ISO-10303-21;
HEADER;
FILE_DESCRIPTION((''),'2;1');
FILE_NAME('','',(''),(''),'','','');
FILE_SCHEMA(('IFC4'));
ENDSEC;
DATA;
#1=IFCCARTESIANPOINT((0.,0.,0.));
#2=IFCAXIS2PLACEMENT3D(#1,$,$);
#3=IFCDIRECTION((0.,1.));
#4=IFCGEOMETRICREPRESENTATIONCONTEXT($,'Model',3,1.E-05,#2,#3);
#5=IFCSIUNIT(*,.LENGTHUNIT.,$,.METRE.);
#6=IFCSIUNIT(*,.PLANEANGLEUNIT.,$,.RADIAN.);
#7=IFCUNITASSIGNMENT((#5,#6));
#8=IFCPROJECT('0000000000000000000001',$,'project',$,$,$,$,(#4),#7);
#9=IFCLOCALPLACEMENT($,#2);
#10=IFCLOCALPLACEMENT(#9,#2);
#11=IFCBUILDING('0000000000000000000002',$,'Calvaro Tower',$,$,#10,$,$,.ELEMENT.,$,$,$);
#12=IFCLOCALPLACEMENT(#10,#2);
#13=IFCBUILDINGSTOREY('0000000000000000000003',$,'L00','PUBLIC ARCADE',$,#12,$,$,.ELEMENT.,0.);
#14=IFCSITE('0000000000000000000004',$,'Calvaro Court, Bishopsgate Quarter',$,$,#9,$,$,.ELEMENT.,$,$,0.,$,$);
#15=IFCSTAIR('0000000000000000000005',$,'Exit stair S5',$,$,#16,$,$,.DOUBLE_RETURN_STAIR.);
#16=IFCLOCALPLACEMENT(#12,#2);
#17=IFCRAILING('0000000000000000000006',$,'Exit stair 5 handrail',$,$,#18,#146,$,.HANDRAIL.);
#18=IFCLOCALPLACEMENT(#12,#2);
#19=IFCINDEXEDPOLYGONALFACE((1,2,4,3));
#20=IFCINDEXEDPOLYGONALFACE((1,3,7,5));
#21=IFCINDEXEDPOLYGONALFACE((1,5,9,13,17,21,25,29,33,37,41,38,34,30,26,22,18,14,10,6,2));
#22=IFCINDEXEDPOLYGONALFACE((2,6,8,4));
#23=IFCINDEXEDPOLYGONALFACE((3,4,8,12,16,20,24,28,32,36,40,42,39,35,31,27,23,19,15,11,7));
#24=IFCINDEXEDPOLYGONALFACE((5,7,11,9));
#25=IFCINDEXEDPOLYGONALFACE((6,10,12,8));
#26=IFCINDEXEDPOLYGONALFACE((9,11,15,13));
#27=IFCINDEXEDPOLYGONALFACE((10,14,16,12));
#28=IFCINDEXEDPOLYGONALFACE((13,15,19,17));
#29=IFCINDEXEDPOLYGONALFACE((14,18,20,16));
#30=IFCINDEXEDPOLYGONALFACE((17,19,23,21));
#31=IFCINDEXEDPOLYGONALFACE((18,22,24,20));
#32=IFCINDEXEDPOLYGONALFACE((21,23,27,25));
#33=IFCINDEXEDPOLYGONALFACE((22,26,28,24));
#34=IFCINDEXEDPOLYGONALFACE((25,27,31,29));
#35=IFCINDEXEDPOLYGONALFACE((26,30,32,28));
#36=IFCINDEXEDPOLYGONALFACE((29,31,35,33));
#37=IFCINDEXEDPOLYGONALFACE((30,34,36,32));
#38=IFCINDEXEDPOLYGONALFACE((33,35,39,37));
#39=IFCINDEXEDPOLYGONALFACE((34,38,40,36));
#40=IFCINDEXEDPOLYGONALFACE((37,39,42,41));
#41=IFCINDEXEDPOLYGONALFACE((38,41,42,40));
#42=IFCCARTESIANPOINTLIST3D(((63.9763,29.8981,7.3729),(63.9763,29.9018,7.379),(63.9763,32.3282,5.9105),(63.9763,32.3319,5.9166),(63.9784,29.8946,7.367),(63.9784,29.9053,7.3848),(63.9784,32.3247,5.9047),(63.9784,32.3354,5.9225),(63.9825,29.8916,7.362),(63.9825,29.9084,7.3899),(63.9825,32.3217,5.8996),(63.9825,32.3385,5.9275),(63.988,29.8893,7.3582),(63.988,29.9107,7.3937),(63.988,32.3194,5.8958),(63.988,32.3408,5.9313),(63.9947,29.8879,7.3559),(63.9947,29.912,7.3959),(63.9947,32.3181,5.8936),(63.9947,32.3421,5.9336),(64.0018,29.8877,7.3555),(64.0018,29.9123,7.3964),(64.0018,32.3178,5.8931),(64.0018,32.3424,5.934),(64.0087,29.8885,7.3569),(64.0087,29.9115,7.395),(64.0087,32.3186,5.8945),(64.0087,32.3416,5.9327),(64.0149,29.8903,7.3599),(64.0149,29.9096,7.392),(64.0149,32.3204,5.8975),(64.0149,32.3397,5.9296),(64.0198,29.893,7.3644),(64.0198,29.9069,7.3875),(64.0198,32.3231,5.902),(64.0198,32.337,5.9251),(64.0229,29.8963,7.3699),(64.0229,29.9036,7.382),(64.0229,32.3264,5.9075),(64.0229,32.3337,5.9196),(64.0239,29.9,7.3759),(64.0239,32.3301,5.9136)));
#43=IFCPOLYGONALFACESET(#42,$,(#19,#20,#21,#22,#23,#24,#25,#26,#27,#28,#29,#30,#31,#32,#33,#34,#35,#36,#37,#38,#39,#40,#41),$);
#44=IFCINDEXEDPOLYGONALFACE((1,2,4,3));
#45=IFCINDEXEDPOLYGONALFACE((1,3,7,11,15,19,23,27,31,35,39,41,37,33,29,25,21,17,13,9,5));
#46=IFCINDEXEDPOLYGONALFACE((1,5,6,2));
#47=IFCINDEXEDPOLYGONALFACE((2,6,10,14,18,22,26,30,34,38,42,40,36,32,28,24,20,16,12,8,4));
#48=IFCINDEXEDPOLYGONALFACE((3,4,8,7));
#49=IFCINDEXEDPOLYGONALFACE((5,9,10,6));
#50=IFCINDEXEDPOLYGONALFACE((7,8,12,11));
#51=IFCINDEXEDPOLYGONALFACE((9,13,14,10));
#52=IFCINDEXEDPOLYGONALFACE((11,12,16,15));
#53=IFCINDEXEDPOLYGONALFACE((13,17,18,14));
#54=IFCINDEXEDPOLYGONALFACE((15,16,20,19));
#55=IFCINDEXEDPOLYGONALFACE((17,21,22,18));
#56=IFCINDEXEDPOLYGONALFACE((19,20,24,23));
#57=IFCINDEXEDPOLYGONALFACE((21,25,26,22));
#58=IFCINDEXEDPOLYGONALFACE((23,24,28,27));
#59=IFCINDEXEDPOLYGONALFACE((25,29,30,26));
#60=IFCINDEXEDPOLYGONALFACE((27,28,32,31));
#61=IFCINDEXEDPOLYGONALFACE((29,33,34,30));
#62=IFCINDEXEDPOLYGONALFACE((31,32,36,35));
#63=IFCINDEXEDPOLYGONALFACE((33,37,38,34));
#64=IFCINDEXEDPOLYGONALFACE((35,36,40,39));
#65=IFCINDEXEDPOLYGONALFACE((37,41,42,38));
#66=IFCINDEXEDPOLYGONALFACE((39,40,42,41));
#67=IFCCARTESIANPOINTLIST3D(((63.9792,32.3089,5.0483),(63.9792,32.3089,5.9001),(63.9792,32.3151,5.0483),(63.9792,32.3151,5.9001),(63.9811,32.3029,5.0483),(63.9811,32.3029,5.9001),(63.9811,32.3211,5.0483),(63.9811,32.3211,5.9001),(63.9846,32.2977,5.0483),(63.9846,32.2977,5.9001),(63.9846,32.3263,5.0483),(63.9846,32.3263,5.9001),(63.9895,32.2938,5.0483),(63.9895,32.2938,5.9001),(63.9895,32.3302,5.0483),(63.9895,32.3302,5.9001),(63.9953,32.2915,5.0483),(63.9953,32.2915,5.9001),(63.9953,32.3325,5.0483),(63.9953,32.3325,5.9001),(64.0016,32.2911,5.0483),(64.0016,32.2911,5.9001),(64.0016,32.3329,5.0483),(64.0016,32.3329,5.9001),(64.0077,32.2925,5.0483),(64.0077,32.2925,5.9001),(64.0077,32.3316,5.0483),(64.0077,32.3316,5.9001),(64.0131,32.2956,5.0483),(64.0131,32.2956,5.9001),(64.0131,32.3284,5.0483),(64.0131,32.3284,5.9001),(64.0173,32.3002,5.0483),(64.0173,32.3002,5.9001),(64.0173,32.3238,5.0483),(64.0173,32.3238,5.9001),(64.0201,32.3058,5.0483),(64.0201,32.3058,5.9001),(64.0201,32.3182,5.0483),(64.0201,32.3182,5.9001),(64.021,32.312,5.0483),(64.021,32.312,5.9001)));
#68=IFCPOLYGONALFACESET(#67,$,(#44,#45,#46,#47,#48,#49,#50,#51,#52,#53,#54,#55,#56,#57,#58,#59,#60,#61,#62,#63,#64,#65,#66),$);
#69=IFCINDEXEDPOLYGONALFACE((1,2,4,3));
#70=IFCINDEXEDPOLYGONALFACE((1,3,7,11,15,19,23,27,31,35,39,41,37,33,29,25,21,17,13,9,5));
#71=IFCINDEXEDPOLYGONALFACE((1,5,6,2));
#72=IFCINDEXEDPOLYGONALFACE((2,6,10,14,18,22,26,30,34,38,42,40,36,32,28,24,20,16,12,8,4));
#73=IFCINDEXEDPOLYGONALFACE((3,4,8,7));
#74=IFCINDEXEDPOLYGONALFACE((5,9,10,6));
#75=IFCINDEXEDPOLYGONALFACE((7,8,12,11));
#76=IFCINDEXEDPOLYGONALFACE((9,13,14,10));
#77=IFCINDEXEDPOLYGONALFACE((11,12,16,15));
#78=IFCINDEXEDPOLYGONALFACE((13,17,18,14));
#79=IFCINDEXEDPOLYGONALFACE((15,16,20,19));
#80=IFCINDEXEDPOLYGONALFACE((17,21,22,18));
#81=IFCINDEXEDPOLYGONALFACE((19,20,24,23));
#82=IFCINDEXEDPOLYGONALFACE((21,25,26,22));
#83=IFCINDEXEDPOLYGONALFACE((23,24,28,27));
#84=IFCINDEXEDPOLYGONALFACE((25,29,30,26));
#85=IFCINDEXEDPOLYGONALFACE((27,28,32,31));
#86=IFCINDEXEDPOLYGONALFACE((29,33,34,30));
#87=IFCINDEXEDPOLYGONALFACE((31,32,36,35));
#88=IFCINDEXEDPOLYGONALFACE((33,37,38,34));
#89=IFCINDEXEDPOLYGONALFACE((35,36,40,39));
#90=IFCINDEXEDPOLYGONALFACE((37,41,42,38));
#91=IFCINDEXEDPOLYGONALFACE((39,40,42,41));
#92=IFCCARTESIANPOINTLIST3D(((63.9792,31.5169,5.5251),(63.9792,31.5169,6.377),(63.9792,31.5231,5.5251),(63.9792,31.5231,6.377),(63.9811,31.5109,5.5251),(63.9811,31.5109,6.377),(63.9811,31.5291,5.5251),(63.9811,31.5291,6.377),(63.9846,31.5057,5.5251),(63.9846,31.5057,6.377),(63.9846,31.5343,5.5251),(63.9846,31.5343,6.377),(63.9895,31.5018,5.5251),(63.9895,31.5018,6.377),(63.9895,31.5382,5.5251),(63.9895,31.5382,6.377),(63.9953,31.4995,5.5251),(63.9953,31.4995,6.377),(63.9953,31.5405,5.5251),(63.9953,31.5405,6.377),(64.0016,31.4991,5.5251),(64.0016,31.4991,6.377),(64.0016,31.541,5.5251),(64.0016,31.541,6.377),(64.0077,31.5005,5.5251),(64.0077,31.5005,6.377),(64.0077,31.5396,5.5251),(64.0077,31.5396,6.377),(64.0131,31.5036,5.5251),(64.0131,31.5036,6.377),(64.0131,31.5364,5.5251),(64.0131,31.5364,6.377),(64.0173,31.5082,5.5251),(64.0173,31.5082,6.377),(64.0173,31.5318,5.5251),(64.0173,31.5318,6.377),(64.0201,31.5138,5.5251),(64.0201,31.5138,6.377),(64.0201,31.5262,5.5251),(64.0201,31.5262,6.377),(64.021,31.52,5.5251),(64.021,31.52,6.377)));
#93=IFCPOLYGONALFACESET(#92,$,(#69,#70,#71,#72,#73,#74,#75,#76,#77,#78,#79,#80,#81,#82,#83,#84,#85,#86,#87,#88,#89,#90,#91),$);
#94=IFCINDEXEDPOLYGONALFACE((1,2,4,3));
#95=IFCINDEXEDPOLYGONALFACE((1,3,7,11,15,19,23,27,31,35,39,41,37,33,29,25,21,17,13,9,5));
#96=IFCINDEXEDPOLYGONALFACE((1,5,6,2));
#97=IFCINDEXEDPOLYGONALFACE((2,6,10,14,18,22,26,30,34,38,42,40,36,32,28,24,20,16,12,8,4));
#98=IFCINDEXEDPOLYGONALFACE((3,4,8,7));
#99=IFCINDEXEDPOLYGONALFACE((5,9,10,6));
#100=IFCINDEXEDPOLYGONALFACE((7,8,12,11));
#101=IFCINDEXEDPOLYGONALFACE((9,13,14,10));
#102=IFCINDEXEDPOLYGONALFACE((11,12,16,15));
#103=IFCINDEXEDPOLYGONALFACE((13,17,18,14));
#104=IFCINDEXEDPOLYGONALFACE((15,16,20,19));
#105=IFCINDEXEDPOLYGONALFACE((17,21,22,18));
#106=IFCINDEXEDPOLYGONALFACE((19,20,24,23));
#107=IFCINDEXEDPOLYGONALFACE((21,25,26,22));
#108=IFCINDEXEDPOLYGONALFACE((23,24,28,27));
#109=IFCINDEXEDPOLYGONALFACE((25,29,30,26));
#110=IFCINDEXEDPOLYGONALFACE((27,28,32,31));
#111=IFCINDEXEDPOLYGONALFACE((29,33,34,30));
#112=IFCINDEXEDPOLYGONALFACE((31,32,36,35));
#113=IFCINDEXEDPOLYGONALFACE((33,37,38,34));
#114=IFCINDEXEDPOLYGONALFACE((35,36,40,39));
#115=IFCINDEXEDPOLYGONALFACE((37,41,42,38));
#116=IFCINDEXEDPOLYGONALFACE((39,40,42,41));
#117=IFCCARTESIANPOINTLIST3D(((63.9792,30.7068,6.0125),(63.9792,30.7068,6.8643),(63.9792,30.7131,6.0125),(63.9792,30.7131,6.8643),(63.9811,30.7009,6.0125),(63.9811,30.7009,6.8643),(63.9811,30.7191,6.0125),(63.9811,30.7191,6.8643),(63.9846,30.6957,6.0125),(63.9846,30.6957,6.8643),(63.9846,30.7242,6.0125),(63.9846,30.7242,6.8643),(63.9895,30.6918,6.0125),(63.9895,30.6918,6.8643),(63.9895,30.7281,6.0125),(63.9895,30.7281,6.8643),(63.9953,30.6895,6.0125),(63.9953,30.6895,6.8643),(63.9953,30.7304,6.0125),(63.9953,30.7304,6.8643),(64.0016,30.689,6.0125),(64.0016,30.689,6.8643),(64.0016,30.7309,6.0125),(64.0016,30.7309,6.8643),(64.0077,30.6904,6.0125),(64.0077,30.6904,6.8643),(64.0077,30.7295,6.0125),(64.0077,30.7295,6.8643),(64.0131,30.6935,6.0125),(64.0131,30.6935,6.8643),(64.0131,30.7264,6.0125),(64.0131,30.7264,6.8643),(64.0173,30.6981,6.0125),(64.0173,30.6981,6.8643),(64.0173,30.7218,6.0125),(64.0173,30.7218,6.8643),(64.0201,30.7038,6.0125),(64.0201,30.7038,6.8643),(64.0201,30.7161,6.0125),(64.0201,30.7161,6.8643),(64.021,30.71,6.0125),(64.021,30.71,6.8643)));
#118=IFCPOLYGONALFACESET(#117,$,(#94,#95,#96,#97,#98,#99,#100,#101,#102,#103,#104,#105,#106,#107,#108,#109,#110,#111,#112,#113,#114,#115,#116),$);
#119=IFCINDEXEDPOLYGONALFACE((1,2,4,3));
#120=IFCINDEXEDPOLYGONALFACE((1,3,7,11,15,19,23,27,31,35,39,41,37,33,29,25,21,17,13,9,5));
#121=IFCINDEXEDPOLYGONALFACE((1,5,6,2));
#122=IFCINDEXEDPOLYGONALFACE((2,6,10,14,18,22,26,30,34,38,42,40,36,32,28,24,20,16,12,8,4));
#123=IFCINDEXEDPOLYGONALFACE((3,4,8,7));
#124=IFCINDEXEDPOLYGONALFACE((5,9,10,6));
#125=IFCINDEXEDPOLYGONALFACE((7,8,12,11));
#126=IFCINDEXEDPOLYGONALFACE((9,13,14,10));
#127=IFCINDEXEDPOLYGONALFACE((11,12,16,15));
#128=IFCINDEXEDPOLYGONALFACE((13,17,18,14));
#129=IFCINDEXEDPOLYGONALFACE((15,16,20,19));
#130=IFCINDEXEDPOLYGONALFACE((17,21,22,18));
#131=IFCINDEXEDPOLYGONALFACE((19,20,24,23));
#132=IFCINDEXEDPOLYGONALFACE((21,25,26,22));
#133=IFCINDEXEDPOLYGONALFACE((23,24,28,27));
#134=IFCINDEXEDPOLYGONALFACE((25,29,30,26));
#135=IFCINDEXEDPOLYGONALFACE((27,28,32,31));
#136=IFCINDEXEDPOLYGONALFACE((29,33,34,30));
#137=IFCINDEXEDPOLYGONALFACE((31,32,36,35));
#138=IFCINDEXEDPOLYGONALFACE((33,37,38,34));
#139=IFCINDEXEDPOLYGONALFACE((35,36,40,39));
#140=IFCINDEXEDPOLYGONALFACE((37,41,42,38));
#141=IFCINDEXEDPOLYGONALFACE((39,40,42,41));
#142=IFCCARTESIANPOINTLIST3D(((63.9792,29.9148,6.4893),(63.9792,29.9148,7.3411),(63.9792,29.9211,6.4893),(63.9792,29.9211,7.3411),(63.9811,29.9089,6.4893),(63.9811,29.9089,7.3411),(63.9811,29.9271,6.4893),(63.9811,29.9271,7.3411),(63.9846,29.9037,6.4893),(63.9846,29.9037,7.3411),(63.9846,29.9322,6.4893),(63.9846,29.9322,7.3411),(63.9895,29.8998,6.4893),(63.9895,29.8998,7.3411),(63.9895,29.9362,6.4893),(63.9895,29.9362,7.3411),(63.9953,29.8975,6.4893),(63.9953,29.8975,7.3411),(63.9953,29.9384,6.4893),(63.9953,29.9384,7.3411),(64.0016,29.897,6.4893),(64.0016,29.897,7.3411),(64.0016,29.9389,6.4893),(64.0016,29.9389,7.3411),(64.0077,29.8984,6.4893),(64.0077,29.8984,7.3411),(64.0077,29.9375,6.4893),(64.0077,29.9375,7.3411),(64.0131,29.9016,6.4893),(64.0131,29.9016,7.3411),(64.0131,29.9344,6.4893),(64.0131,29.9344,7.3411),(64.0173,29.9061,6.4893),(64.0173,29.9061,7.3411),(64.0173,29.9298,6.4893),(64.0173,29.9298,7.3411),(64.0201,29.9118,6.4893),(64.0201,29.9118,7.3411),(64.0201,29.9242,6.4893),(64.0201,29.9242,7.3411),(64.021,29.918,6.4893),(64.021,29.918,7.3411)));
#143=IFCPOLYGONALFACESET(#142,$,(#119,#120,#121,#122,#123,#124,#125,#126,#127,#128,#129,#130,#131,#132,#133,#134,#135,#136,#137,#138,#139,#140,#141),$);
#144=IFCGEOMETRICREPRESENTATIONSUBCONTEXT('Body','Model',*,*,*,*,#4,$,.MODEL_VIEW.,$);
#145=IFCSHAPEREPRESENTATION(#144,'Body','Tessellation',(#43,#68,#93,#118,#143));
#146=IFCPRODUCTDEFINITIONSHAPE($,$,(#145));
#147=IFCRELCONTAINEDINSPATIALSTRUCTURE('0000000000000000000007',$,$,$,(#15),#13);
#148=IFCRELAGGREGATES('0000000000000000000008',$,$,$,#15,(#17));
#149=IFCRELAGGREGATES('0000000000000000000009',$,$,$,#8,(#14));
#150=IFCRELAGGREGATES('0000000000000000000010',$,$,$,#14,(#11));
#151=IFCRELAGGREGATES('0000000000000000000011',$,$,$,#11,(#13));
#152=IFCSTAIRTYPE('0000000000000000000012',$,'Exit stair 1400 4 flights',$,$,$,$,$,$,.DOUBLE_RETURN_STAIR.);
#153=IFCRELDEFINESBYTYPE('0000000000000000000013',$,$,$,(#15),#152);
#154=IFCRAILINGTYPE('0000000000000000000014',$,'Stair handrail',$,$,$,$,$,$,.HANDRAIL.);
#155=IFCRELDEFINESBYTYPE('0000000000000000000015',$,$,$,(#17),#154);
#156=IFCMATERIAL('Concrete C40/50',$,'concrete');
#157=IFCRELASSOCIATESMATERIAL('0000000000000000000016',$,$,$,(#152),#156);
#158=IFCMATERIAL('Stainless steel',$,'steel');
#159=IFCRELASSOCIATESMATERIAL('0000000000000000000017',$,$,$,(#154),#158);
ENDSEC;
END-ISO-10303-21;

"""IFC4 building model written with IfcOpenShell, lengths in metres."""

from ifc_helpers import new_model, si_unit, direction, frame, origin, origin_2d, place, context, subcontext, project, spatial, circle, extrude, material, type_object, element, aggregate, save


model = new_model("IFC4")

# Units and contexts
model_context = context("Model", 3, precision=1e-05, world=origin(), true_north=direction((0.0, 1.0)))
body_context = subcontext(model_context, "Body", "Model", "MODEL_VIEW")
ifc_project = project(units=[si_unit("LENGTHUNIT", "METRE"), si_unit("PLANEANGLEUNIT", "RADIAN")], contexts=[model_context])

# Site, building, storey
site_placement = place(None, origin())
site = spatial("IfcSite", under=ifc_project, at=site_placement, Name="Calvaro Court, Bishopsgate Quarter", CompositionType="ELEMENT", RefElevation=0.0)
building_placement = place(site_placement, origin())
building = spatial("IfcBuilding", under=site, at=building_placement, Name="Calvaro Tower", CompositionType="ELEMENT")
storey_placement = place(building_placement, origin())
storey = spatial("IfcBuildingStorey", under=building, at=storey_placement, Name="L00", Description="PUBLIC ARCADE", CompositionType="ELEMENT", Elevation=0.0)

# Stair
ifc_material_1 = material(Name="Concrete C40/50", Category="concrete")
stair_type = type_object("IfcStairType", Name="Exit stair 1400 4 flights", PredefinedType="DOUBLE_RETURN_STAIR", material=ifc_material_1)
stair_placement = place(storey_placement, origin())
stair = element("IfcStair", 1, at=stair_placement, inside=storey, type_object=stair_type, Name="Exit stair S5", PredefinedType="DOUBLE_RETURN_STAIR")

# Railing
ifc_material_2 = material(Name="Stainless steel", Category="steel")
railing_type_1 = type_object("IfcRailingType", Name="Stair handrail", PredefinedType="HANDRAIL", material=ifc_material_2)
railing_1_placement = place(storey_placement, frame((64.0, 32.3301, 5.0376)))
railing_1 = element("IfcRailing", 2, at=railing_1_placement, type_object=railing_type_1, Name="Exit stair 5 handrail", PredefinedType="HANDRAIL", context=body_context, shape_type="SweptSolid", body=[
    extrude(circle(Radius=0.0239, at=origin_2d()), frame((0.0, 0.0, 0.876), z_axis=(0.0, -0.856824, 0.515609), x_axis=(1.0, 0.0, 0.0)), (0.0, 0.0, 1.0), 2.8362),
    extrude(circle(Radius=0.021, at=origin_2d()), frame((0.0, -0.0181, 0.0107)), (0.0, 0.0, 1.0), 0.8518),
    extrude(circle(Radius=0.021, at=origin_2d()), frame((0.0, -0.8101, 0.4875)), (0.0, 0.0, 1.0), 0.8518),
    extrude(circle(Radius=0.021, at=origin_2d()), frame((0.0, -1.6201, 0.9749)), (0.0, 0.0, 1.0), 0.8518),
    extrude(circle(Radius=0.021, at=origin_2d()), frame((0.0, -2.4121, 1.4517)), (0.0, 0.0, 1.0), 0.8518),
])
aggregate(stair, [railing_1])

save(model, "model.ifc")
